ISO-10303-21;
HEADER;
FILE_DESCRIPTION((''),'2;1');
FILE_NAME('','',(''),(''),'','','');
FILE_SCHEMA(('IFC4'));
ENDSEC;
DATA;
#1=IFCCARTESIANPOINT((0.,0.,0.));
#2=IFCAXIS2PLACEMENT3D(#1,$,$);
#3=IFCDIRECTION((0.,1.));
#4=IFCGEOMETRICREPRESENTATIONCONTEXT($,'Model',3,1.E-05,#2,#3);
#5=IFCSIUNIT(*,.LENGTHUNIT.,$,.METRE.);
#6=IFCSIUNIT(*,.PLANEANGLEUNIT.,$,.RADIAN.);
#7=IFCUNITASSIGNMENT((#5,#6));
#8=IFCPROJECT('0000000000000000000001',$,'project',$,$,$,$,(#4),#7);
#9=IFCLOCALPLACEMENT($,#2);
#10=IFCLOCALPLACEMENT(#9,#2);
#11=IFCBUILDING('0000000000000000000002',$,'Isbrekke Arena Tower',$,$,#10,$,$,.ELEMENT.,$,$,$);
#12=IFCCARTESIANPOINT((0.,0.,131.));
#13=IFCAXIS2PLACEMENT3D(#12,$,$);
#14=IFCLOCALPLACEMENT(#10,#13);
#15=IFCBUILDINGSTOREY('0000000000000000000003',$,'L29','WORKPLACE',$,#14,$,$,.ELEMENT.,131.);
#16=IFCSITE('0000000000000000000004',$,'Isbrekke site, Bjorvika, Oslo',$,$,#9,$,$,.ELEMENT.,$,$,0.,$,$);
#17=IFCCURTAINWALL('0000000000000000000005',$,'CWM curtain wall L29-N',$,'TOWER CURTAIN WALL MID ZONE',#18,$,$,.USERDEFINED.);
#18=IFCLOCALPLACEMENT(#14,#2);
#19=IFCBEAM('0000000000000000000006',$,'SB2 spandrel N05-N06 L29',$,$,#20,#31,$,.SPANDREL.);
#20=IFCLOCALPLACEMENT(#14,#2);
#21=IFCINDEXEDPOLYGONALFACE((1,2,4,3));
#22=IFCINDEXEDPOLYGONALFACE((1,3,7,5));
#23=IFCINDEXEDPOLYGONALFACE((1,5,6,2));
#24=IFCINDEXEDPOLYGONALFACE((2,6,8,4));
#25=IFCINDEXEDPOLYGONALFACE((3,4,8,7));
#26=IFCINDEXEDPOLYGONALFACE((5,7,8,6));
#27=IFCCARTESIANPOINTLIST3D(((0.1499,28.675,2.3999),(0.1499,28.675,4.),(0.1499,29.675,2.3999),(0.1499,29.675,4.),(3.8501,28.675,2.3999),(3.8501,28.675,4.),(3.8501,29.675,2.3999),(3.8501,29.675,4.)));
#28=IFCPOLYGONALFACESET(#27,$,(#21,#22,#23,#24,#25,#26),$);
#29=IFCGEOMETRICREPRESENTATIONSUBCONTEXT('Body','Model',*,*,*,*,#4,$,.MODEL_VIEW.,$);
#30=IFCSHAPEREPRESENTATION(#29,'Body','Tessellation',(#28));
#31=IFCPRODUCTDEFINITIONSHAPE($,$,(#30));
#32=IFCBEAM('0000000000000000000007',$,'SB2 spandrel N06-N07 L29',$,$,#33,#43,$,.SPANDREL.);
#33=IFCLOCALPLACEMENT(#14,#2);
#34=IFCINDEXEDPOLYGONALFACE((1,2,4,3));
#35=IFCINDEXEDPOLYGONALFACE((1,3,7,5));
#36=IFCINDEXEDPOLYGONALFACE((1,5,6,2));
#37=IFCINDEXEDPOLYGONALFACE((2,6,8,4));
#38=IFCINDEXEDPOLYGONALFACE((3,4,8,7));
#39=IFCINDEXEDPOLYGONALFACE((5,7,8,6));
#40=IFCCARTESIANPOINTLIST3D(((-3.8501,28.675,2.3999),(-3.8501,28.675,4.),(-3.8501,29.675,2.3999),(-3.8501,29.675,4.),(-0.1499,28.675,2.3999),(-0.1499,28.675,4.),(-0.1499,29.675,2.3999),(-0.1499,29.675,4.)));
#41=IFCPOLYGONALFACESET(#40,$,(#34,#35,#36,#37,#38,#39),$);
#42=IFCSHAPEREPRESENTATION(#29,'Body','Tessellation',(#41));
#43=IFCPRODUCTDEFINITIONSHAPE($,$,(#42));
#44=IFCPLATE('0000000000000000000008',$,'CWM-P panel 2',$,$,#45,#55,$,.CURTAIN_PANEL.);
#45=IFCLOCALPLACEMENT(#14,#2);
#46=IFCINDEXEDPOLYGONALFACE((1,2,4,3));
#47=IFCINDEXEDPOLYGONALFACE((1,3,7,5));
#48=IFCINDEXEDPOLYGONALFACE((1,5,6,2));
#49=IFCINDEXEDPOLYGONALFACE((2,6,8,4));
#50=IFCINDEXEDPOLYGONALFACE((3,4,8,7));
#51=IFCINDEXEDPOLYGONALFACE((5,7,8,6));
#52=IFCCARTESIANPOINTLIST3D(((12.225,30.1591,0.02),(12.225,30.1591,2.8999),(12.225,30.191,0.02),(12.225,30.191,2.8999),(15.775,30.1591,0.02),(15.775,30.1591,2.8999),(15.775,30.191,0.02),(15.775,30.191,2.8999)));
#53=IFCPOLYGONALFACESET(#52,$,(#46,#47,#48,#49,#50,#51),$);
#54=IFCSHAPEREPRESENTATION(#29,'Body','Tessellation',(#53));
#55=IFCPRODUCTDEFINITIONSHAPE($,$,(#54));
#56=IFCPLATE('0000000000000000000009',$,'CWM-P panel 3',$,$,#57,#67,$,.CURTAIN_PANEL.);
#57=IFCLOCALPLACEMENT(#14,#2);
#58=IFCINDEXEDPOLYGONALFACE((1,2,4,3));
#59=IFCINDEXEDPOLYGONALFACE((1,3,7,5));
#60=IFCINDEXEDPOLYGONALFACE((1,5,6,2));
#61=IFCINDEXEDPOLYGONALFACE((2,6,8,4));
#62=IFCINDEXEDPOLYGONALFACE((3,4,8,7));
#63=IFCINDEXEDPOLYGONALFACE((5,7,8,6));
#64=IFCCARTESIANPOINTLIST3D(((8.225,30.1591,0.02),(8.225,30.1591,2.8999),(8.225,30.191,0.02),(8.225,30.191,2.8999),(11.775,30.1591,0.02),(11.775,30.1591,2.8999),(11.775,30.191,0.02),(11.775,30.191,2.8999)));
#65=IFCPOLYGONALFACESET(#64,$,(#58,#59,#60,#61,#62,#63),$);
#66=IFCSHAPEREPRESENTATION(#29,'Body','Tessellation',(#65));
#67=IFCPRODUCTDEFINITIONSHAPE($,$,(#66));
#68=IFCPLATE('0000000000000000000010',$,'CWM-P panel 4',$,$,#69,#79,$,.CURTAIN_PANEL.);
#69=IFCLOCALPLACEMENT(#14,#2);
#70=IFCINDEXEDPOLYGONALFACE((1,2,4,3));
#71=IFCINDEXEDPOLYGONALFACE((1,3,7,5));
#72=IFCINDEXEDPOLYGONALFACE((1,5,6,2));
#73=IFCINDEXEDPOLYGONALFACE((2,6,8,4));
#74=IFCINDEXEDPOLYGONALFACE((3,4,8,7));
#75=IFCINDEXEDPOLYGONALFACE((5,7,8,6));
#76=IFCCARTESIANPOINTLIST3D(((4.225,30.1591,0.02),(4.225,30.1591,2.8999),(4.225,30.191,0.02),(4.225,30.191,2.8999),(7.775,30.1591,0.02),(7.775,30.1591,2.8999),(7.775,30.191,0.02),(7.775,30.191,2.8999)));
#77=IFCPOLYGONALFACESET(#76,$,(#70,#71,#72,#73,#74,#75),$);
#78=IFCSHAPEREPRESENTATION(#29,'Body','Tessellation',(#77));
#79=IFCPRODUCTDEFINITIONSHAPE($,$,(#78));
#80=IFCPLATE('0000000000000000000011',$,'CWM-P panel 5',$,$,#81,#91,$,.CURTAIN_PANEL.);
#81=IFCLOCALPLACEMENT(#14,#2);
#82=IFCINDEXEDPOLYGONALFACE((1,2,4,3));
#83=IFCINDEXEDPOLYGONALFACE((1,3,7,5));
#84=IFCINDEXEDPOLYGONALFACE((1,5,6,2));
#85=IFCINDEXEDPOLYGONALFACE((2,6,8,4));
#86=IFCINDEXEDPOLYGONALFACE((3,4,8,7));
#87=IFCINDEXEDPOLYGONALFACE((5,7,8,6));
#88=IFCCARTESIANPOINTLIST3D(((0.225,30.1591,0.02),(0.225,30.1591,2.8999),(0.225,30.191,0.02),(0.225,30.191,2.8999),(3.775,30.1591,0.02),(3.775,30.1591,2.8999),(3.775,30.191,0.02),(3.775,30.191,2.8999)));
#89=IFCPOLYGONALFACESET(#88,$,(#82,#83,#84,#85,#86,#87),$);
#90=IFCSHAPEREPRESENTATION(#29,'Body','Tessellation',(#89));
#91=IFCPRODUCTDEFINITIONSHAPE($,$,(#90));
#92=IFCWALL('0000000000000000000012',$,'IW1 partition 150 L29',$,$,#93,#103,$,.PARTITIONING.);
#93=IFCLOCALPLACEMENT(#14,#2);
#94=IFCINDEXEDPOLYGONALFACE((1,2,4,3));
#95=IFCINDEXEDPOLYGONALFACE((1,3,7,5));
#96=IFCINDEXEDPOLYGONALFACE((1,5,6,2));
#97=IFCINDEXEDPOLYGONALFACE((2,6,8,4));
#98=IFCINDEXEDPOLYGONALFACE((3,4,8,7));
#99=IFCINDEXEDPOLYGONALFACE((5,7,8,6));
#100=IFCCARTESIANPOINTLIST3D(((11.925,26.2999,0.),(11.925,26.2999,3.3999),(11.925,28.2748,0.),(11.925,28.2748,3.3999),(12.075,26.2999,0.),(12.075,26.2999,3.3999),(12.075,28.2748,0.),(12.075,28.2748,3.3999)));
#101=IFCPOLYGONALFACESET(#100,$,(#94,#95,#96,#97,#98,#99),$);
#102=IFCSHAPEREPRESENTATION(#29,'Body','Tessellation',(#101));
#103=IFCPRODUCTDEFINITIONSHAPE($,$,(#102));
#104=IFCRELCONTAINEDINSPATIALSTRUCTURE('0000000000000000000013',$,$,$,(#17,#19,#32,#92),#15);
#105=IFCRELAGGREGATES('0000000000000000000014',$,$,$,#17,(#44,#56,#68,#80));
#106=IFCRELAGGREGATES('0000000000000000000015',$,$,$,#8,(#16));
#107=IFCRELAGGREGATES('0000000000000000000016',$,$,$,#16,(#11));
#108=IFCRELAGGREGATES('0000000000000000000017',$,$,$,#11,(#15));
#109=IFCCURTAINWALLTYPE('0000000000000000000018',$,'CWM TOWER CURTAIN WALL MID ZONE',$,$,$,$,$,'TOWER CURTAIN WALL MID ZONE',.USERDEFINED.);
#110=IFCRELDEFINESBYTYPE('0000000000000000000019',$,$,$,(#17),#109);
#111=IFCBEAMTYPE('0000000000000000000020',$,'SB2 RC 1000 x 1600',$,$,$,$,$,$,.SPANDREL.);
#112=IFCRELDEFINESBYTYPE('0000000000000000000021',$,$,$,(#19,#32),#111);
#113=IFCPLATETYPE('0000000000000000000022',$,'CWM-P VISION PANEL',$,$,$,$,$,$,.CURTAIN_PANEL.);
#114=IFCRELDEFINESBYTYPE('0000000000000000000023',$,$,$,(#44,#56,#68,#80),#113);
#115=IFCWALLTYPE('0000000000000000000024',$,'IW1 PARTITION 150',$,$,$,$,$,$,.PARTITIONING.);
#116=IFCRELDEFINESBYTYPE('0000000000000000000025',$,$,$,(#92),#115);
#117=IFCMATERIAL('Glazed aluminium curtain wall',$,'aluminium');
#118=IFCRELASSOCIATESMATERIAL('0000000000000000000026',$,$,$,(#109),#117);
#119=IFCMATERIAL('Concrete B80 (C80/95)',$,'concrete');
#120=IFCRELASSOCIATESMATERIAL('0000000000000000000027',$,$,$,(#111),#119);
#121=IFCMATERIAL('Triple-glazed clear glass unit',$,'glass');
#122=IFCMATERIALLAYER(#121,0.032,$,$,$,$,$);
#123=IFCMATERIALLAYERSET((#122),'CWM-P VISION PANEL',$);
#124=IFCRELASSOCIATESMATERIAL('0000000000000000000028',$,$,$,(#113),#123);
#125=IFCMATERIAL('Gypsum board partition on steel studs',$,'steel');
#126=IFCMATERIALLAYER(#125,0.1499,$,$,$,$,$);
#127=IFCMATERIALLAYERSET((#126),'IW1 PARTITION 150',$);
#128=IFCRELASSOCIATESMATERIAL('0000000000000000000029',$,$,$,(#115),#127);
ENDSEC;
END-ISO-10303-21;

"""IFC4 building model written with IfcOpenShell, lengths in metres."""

from ifc_helpers import new_model, si_unit, direction, frame, frame_2d, origin, origin_2d, place, context, subcontext, project, spatial, rectangle, extrude, material, layer, layer_set, material_profile, profile_set, type_object, element, aggregate, save


model = new_model("IFC4")

# Units and contexts
model_context = context("Model", 3, precision=1e-05, world=origin(), true_north=direction((0.0, 1.0)))
body_context = subcontext(model_context, "Body", "Model", "MODEL_VIEW")
ifc_project = project(units=[si_unit("LENGTHUNIT", "METRE"), si_unit("PLANEANGLEUNIT", "RADIAN")], contexts=[model_context])

# Site, building, storey
site_placement = place(None, origin())
site = spatial("IfcSite", under=ifc_project, at=site_placement, Name="Isbrekke site, Bjorvika, Oslo", CompositionType="ELEMENT", RefElevation=0.0)
building_placement = place(site_placement, origin())
building = spatial("IfcBuilding", under=site, at=building_placement, Name="Isbrekke Arena Tower", CompositionType="ELEMENT")
storey_placement = place(building_placement, frame((0.0, 0.0, 131.0)))
storey = spatial("IfcBuildingStorey", under=building, at=storey_placement, Name="L29", Description="WORKPLACE", CompositionType="ELEMENT", Elevation=131.0)

# Curtain wall
ifc_material_1 = material(Name="Glazed aluminium curtain wall", Category="aluminium")
curtain_wall_type = type_object("IfcCurtainWallType", Name="CWM TOWER CURTAIN WALL MID ZONE", ElementType="TOWER CURTAIN WALL MID ZONE", PredefinedType="USERDEFINED", material=ifc_material_1)
curtain_wall_placement = place(storey_placement, origin())
curtain_wall = element("IfcCurtainWall", 1, at=curtain_wall_placement, inside=storey, type_object=curtain_wall_type, Name="CWM curtain wall L29-N", ObjectType="TOWER CURTAIN WALL MID ZONE", PredefinedType="USERDEFINED")

# Beams
ifc_material_2 = material(Name="Concrete B80 (C80/95)", Category="concrete")
ifc_material_profile_1 = material_profile(ifc_material_2, rectangle(XDim=1.0, YDim=1.6001, at=origin_2d()), Name="RC 1000x1600")
ifc_profile_set_1 = profile_set([ifc_material_profile_1], Name="Concrete B80 (C80/95)")
beam_type_1 = type_object("IfcBeamType", Name="SB2 RC 1000 x 1600", PredefinedType="SPANDREL", material=ifc_profile_set_1)
for number, where, z_axis, x_axis, name in (
    (2, (3.8501, 29.175, 3.2), (-1.0, 0.0, 0.0), (0.0, -1.0, 0.0), "SB2 spandrel N05-N06 L29"),
    (3, (-0.1499, 29.175, 3.2), (-1.0, 0.0, 0.0), (0.0, -1.0, 0.0), "SB2 spandrel N06-N07 L29"),
):
    element("IfcBeam", number, at=place(storey_placement, frame(where, z_axis=z_axis, x_axis=x_axis)), inside=storey, type_object=beam_type_1, Name=name, PredefinedType="SPANDREL", context=body_context, shape_type="SweptSolid", body=[
        extrude(rectangle(XDim=1.0, YDim=1.6001, at=origin_2d()), origin(), (0.0, 0.0, 1.0), 3.7002),
    ])

# Plates
ifc_material_3 = material(Name="Triple-glazed clear glass unit", Category="glass")
ifc_layer_1 = layer(ifc_material_3, 0.032)
ifc_layer_set_1 = layer_set([ifc_layer_1], Name="CWM-P VISION PANEL")
plate_type = type_object("IfcPlateType", Name="CWM-P VISION PANEL", PredefinedType="CURTAIN_PANEL", material=ifc_layer_set_1)
plate_1_placement = place(storey_placement, frame((14.0, 30.175, 0.02), z_axis=(0.0, 0.0, 1.0), x_axis=(-1.0, 0.0, 0.0)))
plate_1 = element("IfcPlate", 4, at=plate_1_placement, type_object=plate_type, Name="CWM-P panel 2", PredefinedType="CURTAIN_PANEL", context=body_context, shape_type="SweptSolid", body=[
    extrude(rectangle(XDim=3.55, YDim=0.032, at=origin_2d()), origin(), (0.0, 0.0, 1.0), 2.8799),
])
plate_2_placement = place(storey_placement, frame((10.0, 30.175, 0.02), z_axis=(0.0, 0.0, 1.0), x_axis=(-1.0, 0.0, 0.0)))
plate_2 = element("IfcPlate", 5, at=plate_2_placement, type_object=plate_type, Name="CWM-P panel 3", PredefinedType="CURTAIN_PANEL", context=body_context, shape_type="SweptSolid", body=[
    extrude(rectangle(XDim=3.55, YDim=0.032, at=origin_2d()), origin(), (0.0, 0.0, 1.0), 2.8799),
])
plate_3_placement = place(storey_placement, frame((6.0, 30.175, 0.02), z_axis=(0.0, 0.0, 1.0), x_axis=(-1.0, 0.0, 0.0)))
plate_3 = element("IfcPlate", 6, at=plate_3_placement, type_object=plate_type, Name="CWM-P panel 4", PredefinedType="CURTAIN_PANEL", context=body_context, shape_type="SweptSolid", body=[
    extrude(rectangle(XDim=3.55, YDim=0.032, at=origin_2d()), origin(), (0.0, 0.0, 1.0), 2.8799),
])
plate_4_placement = place(storey_placement, frame((2.0, 30.175, 0.02), z_axis=(0.0, 0.0, 1.0), x_axis=(-1.0, 0.0, 0.0)))
plate_4 = element("IfcPlate", 7, at=plate_4_placement, type_object=plate_type, Name="CWM-P panel 5", PredefinedType="CURTAIN_PANEL", context=body_context, shape_type="SweptSolid", body=[
    extrude(rectangle(XDim=3.55, YDim=0.032, at=origin_2d()), origin(), (0.0, 0.0, 1.0), 2.8799),
])
aggregate(curtain_wall, [plate_1, plate_2, plate_3, plate_4])

# Wall
ifc_material_4 = material(Name="Gypsum board partition on steel studs", Category="steel")
ifc_layer_2 = layer(ifc_material_4, 0.1499)
ifc_layer_set_2 = layer_set([ifc_layer_2], Name="IW1 PARTITION 150")
wall_type = type_object("IfcWallType", Name="IW1 PARTITION 150", PredefinedType="PARTITIONING", material=ifc_layer_set_2)
wall_placement = place(storey_placement, frame((12.0, 26.3, 0.0), z_axis=(0.0, 0.0, 1.0), x_axis=(0.0, 1.0, 0.0)))
element("IfcWall", 8, at=wall_placement, inside=storey, type_object=wall_type, Name="IW1 partition 150 L29", PredefinedType="PARTITIONING", context=body_context, shape_type="SweptSolid", body=[
    extrude(rectangle(XDim=1.9749, YDim=0.1499, at=frame_2d((0.9873, 0.0))), origin(), (0.0, 0.0, 1.0), 3.3999),
])

save(model, "model.ifc")
